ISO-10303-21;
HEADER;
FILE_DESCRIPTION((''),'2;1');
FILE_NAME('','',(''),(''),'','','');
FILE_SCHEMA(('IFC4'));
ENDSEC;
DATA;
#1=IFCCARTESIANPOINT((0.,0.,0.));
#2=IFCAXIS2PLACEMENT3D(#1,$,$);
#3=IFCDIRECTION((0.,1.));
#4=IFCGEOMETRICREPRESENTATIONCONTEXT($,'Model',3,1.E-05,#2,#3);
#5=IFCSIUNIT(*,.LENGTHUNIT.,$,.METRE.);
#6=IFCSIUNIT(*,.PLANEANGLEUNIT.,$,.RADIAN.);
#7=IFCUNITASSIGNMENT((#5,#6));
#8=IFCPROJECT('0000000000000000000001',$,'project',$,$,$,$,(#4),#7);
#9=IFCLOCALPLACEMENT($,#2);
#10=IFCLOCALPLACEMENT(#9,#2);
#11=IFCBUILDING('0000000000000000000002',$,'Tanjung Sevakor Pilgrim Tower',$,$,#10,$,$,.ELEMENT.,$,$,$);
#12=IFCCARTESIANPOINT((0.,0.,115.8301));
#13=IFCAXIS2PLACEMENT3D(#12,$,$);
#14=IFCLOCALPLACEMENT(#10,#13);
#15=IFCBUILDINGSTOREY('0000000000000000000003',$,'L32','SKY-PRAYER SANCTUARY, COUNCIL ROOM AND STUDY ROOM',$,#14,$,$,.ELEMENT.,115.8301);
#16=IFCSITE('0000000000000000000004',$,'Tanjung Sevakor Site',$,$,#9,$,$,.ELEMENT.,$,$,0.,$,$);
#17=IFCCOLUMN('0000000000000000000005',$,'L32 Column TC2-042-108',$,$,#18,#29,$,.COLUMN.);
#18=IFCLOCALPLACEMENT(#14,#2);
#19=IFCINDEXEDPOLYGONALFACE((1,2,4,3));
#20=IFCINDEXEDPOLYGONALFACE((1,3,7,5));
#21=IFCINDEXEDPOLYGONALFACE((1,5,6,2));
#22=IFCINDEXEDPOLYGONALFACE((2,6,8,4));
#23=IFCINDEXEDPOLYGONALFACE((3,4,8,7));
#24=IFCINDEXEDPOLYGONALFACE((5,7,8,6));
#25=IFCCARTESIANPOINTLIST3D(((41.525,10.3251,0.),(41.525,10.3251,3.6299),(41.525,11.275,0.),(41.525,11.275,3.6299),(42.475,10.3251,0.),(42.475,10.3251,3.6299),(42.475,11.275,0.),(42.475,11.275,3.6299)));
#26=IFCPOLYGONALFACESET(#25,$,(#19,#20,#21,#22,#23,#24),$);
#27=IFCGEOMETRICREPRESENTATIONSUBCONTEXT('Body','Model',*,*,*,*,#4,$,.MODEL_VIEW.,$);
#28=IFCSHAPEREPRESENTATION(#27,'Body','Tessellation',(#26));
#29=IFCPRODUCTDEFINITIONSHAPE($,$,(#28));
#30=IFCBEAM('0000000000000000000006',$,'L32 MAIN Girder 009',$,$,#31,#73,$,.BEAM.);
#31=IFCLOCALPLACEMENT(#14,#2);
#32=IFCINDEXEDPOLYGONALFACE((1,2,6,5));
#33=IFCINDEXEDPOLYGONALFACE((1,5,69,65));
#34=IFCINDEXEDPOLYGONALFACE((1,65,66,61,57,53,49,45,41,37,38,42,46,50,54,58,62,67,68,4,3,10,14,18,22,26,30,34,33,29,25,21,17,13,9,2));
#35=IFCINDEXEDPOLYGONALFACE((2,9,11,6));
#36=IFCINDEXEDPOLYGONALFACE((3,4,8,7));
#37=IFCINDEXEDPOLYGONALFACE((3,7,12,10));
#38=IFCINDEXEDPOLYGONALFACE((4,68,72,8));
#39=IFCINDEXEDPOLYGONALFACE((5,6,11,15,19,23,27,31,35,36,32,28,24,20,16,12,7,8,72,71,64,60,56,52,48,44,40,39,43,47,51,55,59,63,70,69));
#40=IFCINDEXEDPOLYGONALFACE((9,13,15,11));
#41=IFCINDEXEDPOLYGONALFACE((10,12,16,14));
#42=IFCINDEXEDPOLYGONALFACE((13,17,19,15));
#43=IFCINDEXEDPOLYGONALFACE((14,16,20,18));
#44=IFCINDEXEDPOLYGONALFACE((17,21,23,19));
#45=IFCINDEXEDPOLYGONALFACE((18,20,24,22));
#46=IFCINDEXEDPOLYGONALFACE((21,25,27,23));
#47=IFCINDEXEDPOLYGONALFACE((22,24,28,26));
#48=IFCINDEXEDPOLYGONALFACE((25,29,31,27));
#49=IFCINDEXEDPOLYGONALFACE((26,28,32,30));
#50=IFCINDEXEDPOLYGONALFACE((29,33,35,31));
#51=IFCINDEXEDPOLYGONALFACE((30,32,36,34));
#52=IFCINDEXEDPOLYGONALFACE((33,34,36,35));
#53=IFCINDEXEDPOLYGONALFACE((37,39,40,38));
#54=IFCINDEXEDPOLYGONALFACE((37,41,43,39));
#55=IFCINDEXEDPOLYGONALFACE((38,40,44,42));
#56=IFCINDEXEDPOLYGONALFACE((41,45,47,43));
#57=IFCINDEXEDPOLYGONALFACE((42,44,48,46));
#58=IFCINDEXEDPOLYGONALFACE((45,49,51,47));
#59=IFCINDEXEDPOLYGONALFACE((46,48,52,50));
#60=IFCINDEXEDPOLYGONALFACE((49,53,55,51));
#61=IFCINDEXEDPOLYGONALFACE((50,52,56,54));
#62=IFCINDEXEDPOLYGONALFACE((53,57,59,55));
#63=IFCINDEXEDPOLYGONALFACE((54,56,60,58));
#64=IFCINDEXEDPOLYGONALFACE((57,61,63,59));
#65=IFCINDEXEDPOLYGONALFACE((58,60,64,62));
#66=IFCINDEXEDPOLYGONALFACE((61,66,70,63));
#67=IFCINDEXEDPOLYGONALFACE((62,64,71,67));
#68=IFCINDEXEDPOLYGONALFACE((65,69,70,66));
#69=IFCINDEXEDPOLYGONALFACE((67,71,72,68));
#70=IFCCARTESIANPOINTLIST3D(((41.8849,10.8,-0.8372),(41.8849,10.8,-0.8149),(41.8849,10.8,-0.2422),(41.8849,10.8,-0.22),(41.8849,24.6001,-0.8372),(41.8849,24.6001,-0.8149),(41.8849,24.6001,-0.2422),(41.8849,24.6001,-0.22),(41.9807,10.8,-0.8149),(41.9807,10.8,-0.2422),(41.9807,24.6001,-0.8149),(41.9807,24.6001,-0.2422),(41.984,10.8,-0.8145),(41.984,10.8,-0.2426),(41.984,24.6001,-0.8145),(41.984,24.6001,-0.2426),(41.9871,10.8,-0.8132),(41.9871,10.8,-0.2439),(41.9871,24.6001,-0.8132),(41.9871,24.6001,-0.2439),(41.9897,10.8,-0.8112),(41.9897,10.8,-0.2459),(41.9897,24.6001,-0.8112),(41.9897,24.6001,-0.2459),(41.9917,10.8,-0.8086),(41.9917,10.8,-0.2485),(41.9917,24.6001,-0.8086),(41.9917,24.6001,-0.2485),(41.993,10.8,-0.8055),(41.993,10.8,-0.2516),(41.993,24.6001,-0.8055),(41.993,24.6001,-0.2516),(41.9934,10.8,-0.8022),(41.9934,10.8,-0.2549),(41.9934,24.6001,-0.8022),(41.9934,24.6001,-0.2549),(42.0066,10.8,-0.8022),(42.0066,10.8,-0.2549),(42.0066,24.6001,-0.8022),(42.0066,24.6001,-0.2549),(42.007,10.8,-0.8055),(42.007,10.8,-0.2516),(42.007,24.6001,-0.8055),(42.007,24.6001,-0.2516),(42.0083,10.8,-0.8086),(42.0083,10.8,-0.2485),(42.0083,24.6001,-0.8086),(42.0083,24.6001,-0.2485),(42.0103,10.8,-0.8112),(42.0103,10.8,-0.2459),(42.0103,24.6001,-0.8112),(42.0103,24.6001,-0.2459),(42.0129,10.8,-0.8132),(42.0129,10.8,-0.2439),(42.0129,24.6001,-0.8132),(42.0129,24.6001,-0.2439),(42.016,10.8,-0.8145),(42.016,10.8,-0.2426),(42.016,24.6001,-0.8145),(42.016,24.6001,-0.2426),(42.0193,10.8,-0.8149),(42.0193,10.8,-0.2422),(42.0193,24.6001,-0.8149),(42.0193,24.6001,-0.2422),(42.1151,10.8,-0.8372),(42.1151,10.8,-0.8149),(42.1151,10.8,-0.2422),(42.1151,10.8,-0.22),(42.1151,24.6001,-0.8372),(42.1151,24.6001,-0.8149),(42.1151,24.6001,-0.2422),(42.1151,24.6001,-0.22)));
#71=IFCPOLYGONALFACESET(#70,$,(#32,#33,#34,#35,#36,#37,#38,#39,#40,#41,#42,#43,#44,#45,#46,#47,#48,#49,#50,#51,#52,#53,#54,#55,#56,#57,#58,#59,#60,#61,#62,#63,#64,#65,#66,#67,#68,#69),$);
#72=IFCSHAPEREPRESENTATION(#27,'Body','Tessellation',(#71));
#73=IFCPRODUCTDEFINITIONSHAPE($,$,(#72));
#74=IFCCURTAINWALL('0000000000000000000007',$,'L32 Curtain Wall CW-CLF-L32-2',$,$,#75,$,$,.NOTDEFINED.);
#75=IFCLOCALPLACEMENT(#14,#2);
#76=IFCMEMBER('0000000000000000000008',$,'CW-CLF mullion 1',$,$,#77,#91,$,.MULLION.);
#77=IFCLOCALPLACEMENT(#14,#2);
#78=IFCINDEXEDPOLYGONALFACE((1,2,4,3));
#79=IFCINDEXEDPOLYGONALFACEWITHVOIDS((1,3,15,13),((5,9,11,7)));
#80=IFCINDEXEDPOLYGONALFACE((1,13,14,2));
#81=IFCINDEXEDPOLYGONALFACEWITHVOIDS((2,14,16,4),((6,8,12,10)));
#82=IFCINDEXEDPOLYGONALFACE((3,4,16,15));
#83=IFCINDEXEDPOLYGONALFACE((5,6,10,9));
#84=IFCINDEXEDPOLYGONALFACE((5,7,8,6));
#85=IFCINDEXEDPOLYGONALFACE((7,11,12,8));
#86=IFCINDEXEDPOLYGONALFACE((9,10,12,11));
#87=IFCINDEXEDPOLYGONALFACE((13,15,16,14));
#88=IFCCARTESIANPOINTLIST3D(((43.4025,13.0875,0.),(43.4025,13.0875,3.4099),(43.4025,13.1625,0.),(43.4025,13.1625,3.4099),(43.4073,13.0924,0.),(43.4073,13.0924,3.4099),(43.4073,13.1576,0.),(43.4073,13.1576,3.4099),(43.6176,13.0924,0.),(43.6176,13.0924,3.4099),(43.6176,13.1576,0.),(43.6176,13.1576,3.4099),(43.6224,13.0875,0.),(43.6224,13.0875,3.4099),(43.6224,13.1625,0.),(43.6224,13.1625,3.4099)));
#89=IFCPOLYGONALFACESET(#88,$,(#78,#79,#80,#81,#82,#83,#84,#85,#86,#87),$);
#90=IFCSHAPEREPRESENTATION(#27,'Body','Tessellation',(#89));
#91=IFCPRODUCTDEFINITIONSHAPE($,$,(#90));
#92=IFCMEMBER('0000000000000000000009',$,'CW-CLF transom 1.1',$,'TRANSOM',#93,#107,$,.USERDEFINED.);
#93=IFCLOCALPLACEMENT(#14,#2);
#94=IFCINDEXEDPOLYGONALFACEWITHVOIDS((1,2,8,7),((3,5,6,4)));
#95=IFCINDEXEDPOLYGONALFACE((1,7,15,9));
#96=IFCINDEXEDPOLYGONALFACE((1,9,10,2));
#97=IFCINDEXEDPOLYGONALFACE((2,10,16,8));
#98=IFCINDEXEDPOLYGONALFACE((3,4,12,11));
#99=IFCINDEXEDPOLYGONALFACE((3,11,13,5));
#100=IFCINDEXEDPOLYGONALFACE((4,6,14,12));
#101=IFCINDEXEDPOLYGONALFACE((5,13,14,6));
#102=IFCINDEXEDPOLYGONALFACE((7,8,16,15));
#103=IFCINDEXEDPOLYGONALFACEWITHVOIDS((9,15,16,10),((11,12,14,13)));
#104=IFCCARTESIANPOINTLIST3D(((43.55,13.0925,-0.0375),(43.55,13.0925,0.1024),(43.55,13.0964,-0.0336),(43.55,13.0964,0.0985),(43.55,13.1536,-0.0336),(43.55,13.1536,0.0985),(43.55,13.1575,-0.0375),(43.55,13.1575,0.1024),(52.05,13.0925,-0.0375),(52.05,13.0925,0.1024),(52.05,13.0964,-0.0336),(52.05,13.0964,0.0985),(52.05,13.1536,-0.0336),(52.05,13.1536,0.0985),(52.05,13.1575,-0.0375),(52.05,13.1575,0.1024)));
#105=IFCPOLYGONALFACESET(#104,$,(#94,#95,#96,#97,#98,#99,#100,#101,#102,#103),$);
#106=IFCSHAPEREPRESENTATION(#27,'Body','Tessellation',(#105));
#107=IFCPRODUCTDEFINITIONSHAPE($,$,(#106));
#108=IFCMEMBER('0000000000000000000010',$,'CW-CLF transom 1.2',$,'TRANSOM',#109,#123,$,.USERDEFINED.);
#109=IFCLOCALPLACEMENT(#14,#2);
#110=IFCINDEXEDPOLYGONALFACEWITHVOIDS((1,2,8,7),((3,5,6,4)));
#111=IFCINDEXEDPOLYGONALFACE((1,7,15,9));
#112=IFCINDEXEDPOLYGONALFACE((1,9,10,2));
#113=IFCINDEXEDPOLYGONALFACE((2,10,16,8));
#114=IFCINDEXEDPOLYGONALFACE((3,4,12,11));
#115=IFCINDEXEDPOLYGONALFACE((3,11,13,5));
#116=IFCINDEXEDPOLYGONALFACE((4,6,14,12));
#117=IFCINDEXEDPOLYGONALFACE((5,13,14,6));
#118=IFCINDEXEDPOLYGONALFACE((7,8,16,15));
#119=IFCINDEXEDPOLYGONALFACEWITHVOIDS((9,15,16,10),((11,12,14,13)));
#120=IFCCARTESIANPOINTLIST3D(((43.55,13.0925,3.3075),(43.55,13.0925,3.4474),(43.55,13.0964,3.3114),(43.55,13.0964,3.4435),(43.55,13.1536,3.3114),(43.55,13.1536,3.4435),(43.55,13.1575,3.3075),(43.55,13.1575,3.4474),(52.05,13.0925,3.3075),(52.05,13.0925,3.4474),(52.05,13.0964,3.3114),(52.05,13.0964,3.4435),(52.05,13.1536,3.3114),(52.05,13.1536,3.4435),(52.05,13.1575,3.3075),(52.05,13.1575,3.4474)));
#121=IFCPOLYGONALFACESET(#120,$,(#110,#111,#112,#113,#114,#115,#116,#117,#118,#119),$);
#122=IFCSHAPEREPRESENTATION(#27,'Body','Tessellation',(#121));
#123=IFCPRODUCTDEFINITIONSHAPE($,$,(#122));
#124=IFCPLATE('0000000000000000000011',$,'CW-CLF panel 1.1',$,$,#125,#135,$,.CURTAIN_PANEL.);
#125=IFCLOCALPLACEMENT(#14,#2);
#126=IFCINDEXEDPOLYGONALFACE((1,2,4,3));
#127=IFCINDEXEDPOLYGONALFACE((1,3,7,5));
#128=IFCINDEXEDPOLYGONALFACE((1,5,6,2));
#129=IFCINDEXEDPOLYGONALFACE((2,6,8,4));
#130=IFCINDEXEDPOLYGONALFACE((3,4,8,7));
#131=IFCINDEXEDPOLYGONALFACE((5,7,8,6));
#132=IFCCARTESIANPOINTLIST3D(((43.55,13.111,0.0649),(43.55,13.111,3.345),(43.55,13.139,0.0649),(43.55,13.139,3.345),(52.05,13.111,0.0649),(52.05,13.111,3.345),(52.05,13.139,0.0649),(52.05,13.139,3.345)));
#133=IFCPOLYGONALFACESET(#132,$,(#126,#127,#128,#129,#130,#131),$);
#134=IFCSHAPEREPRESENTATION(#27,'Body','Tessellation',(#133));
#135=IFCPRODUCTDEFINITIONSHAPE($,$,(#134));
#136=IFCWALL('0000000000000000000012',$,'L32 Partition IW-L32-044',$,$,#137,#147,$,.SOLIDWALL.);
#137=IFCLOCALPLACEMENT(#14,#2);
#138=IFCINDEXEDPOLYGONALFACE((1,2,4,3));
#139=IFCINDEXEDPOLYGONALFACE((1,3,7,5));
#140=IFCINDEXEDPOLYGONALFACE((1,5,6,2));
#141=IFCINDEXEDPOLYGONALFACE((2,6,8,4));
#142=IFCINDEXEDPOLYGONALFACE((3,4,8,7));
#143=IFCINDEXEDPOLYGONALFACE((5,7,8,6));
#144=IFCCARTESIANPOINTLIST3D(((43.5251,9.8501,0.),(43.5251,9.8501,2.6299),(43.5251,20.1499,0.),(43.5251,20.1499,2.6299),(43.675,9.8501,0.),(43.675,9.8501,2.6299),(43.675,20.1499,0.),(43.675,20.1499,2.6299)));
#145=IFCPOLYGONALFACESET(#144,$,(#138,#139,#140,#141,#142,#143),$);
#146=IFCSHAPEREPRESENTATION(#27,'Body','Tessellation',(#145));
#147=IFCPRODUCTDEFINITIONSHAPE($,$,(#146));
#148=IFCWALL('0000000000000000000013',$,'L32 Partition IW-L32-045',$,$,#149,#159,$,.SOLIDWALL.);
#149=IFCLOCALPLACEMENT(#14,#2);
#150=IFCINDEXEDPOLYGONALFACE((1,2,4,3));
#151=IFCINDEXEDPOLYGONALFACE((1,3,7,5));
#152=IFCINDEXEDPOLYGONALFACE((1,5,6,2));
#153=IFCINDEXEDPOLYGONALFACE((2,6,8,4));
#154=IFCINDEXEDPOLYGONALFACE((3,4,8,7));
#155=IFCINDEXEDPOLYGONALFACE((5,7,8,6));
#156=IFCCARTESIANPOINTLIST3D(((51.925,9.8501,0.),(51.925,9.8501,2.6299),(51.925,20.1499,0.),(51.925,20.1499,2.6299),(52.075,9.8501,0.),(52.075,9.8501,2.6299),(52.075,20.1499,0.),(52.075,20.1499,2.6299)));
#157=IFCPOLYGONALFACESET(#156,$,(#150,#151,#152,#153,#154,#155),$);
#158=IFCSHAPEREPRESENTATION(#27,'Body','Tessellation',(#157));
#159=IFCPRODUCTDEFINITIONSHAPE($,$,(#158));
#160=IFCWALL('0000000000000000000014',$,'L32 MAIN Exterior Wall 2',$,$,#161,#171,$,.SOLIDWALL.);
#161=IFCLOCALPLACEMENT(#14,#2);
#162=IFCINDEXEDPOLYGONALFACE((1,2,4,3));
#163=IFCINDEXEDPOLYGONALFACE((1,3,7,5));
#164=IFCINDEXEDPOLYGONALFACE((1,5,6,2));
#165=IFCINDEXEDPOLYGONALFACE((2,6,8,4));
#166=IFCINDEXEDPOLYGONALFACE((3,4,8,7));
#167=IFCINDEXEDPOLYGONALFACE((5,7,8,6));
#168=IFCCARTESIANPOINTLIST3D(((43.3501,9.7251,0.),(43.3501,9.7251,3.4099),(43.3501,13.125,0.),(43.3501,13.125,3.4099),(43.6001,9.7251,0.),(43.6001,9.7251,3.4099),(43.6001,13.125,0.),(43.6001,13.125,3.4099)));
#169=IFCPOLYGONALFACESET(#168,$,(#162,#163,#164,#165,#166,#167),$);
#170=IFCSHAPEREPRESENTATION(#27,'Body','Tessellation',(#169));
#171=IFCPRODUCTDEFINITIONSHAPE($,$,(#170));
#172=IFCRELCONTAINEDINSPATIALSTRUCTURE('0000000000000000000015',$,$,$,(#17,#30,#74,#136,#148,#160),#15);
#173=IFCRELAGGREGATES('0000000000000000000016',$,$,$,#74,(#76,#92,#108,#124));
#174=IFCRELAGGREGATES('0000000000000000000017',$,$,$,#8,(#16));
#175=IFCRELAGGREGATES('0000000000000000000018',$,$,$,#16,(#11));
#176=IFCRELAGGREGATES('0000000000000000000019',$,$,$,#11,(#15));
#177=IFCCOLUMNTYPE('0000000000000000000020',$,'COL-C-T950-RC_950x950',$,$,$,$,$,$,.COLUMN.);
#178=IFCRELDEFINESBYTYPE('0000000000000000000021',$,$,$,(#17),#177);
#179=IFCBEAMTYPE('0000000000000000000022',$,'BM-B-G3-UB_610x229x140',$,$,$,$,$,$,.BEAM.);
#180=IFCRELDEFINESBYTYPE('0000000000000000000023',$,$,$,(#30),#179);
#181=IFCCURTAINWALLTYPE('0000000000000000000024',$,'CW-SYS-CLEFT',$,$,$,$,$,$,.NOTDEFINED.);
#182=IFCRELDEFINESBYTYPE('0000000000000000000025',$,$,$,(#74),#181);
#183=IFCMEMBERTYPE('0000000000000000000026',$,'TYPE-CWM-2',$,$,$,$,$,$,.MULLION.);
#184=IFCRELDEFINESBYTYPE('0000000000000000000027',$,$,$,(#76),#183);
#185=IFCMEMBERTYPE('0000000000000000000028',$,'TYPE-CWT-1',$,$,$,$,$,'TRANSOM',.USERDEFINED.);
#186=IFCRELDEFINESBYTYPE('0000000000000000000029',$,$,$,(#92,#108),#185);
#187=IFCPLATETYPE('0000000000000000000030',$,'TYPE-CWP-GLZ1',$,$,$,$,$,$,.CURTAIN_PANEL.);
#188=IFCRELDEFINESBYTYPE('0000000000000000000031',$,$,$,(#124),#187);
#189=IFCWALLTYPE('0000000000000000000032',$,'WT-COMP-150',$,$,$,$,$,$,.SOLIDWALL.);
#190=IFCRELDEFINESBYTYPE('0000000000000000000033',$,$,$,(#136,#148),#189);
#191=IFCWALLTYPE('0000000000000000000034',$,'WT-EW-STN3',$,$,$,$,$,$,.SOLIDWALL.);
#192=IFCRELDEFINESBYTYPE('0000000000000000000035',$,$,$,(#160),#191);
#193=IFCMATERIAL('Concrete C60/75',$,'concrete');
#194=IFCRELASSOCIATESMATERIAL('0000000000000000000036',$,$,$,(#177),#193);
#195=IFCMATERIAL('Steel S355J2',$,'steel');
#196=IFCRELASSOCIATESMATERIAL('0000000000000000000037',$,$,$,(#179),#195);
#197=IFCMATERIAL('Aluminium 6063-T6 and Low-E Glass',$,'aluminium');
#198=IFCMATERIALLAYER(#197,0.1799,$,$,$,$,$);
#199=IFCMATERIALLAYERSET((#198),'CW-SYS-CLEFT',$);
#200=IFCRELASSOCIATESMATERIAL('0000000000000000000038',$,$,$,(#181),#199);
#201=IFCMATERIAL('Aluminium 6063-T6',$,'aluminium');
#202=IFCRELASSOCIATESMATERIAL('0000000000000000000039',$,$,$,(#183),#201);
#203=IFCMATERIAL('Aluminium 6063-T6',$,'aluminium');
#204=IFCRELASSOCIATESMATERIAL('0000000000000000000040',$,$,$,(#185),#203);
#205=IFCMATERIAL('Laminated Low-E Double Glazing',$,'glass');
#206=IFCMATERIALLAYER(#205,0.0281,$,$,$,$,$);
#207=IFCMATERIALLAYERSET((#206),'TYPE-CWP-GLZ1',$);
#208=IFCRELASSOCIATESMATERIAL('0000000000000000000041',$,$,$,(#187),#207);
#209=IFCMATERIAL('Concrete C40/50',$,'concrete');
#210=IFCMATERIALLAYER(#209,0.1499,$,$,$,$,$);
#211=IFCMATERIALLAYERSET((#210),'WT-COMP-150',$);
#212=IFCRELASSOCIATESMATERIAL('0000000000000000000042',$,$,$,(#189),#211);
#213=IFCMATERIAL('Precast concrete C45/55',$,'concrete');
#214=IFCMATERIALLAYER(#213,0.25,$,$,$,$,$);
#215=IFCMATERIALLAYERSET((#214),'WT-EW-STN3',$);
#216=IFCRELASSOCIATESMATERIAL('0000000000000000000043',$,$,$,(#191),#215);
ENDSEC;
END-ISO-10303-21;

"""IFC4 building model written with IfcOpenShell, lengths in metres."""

from ifc_helpers import new_model, si_unit, direction, frame, frame_2d, origin, origin_2d, place, context, subcontext, project, spatial, rectangle, hollow_rectangle, i_section, extrude, material, layer, layer_set, material_profile, profile_set, type_object, element, aggregate, save


model = new_model("IFC4")

# Units and contexts
model_context = context("Model", 3, precision=1e-05, world=origin(), true_north=direction((0.0, 1.0)))
body_context = subcontext(model_context, "Body", "Model", "MODEL_VIEW")
ifc_project = project(units=[si_unit("LENGTHUNIT", "METRE"), si_unit("PLANEANGLEUNIT", "RADIAN")], contexts=[model_context])

# Site, building, storey
site_placement = place(None, origin())
site = spatial("IfcSite", under=ifc_project, at=site_placement, Name="Tanjung Sevakor Site", CompositionType="ELEMENT", RefElevation=0.0)
building_placement = place(site_placement, origin())
building = spatial("IfcBuilding", under=site, at=building_placement, Name="Tanjung Sevakor Pilgrim Tower", CompositionType="ELEMENT")
storey_placement = place(building_placement, frame((0.0, 0.0, 115.8301)))
storey = spatial("IfcBuildingStorey", under=building, at=storey_placement, Name="L32", Description="SKY-PRAYER SANCTUARY, COUNCIL ROOM AND STUDY ROOM", CompositionType="ELEMENT", Elevation=115.8301)

# Column
ifc_material_1 = material(Name="Concrete C60/75", Category="concrete")
ifc_material_profile_1 = material_profile(ifc_material_1, rectangle(XDim=0.95, YDim=0.95, at=origin_2d()))
ifc_profile_set_1 = profile_set([ifc_material_profile_1], Name="Concrete C60/75")
column_type = type_object("IfcColumnType", Name="COL-C-T950-RC_950x950", PredefinedType="COLUMN", material=ifc_profile_set_1)
column_placement = place(storey_placement, frame((42.0, 10.8, 0.0), z_axis=(0.0, 0.0, 1.0), x_axis=(1.0, 0.0, 0.0)))
element("IfcColumn", 1, at=column_placement, inside=storey, type_object=column_type, Name="L32 Column TC2-042-108", PredefinedType="COLUMN", context=body_context, shape_type="SweptSolid", body=[
    extrude(rectangle(XDim=0.95, YDim=0.95, at=origin_2d()), origin(), (0.0, 0.0, 1.0), 3.6299),
])

# Beam
ifc_material_2 = material(Name="Steel S355J2", Category="steel")
ifc_material_profile_2 = material_profile(ifc_material_2, i_section(OverallWidth=0.2302, OverallDepth=0.6172, WebThickness=0.0132, FlangeThickness=0.0222, FilletRadius=0.0127, at=origin_2d()))
ifc_profile_set_2 = profile_set([ifc_material_profile_2], Name="Steel S355J2")
beam_type = type_object("IfcBeamType", Name="BM-B-G3-UB_610x229x140", PredefinedType="BEAM", material=ifc_profile_set_2)
beam_placement = place(storey_placement, frame((42.0, 10.8, -0.5286), z_axis=(0.0, 1.0, 0.0), x_axis=(-1.0, 0.0, 0.0)))
element("IfcBeam", 2, at=beam_placement, inside=storey, type_object=beam_type, Name="L32 MAIN Girder 009", PredefinedType="BEAM", context=body_context, shape_type="SweptSolid", body=[
    extrude(i_section(OverallWidth=0.2302, OverallDepth=0.6172, WebThickness=0.0132, FlangeThickness=0.0222, FilletRadius=0.0127, at=origin_2d()), origin(), (0.0, 0.0, 1.0), 13.8),
])

# Curtain wall, members, plate
ifc_material_3 = material(Name="Aluminium 6063-T6 and Low-E Glass", Category="aluminium")
ifc_layer_1 = layer(ifc_material_3, 0.1799)
ifc_layer_set_1 = layer_set([ifc_layer_1], Name="CW-SYS-CLEFT")
curtain_wall_type = type_object("IfcCurtainWallType", Name="CW-SYS-CLEFT", PredefinedType="NOTDEFINED", material=ifc_layer_set_1)
curtain_wall_placement = place(storey_placement, origin())
curtain_wall = element("IfcCurtainWall", 3, at=curtain_wall_placement, inside=storey, type_object=curtain_wall_type, Name="L32 Curtain Wall CW-CLF-L32-2", PredefinedType="NOTDEFINED")
ifc_material_4 = material(Name="Aluminium 6063-T6", Category="aluminium")
ifc_material_profile_3 = material_profile(ifc_material_4, hollow_rectangle(XDim=0.075, YDim=0.22, WallThickness=0.0049, at=origin_2d()))
ifc_profile_set_3 = profile_set([ifc_material_profile_3], Name="Aluminium 6063-T6")
member_type_1 = type_object("IfcMemberType", Name="TYPE-CWM-2", PredefinedType="MULLION", material=ifc_profile_set_3)
member_1_placement = place(storey_placement, frame((43.5125, 13.125, 0.0), z_axis=(0.0, 0.0, 1.0), x_axis=(0.0, 1.0, 0.0)))
member_1 = element("IfcMember", 4, at=member_1_placement, type_object=member_type_1, Name="CW-CLF mullion 1", PredefinedType="MULLION", context=body_context, shape_type="SweptSolid", body=[
    extrude(hollow_rectangle(XDim=0.075, YDim=0.22, WallThickness=0.0049, at=origin_2d()), origin(), (0.0, 0.0, 1.0), 3.4099),
])
ifc_material_5 = material(Name="Aluminium 6063-T6", Category="aluminium")
ifc_material_profile_4 = material_profile(ifc_material_5, hollow_rectangle(XDim=0.0649, YDim=0.1399, WallThickness=0.0039, at=origin_2d()))
ifc_profile_set_4 = profile_set([ifc_material_profile_4], Name="Aluminium 6063-T6")
member_type_2 = type_object("IfcMemberType", Name="TYPE-CWT-1", ElementType="TRANSOM", PredefinedType="USERDEFINED", material=ifc_profile_set_4)
member_2_placement = place(storey_placement, frame((43.55, 13.125, 0.0325), z_axis=(1.0, 0.0, 0.0), x_axis=(0.0, 1.0, 0.0)))
member_2 = element("IfcMember", 5, at=member_2_placement, type_object=member_type_2, Name="CW-CLF transom 1.1", ObjectType="TRANSOM", PredefinedType="USERDEFINED", context=body_context, shape_type="SweptSolid", body=[
    extrude(hollow_rectangle(XDim=0.0649, YDim=0.1399, WallThickness=0.0039, at=origin_2d()), origin(), (0.0, 0.0, 1.0), 8.5),
])
member_3_placement = place(storey_placement, frame((43.55, 13.125, 3.3774), z_axis=(1.0, 0.0, 0.0), x_axis=(0.0, 1.0, 0.0)))
member_3 = element("IfcMember", 6, at=member_3_placement, type_object=member_type_2, Name="CW-CLF transom 1.2", ObjectType="TRANSOM", PredefinedType="USERDEFINED", context=body_context, shape_type="SweptSolid", body=[
    extrude(hollow_rectangle(XDim=0.0649, YDim=0.1399, WallThickness=0.0039, at=origin_2d()), origin(), (0.0, 0.0, 1.0), 8.5),
])
ifc_material_6 = material(Name="Laminated Low-E Double Glazing", Category="glass")
ifc_layer_2 = layer(ifc_material_6, 0.0281)
ifc_layer_set_2 = layer_set([ifc_layer_2], Name="TYPE-CWP-GLZ1")
plate_type = type_object("IfcPlateType", Name="TYPE-CWP-GLZ1", PredefinedType="CURTAIN_PANEL", material=ifc_layer_set_2)
plate_placement = place(storey_placement, frame((47.8, 13.125, 0.0649), z_axis=(0.0, 0.0, 1.0), x_axis=(1.0, 0.0, 0.0)))
plate = element("IfcPlate", 7, at=plate_placement, type_object=plate_type, Name="CW-CLF panel 1.1", PredefinedType="CURTAIN_PANEL", context=body_context, shape_type="SweptSolid", body=[
    extrude(rectangle(XDim=8.5, YDim=0.0281, at=origin_2d()), origin(), (0.0, 0.0, 1.0), 3.28),
])
aggregate(curtain_wall, [member_1, member_2, member_3, plate])

# Walls
ifc_material_7 = material(Name="Concrete C40/50", Category="concrete")
ifc_layer_3 = layer(ifc_material_7, 0.1499)
ifc_layer_set_3 = layer_set([ifc_layer_3], Name="WT-COMP-150")
wall_type_1 = type_object("IfcWallType", Name="WT-COMP-150", PredefinedType="SOLIDWALL", material=ifc_layer_set_3)
for number, where, z_axis, x_axis, name in (
    (8, (43.6001, 9.8501, 0.0), (0.0, 0.0, 1.0), (0.0, 1.0, 0.0), "L32 Partition IW-L32-044"),
    (9, (52.0, 9.8501, 0.0), (0.0, 0.0, 1.0), (0.0, 1.0, 0.0), "L32 Partition IW-L32-045"),
):
    element("IfcWall", number, at=place(storey_placement, frame(where, z_axis=z_axis, x_axis=x_axis)), inside=storey, type_object=wall_type_1, Name=name, PredefinedType="SOLIDWALL", context=body_context, shape_type="SweptSolid", body=[
        extrude(rectangle(XDim=10.2998, YDim=0.1499, at=frame_2d((5.1499, 0.0))), origin(), (0.0, 0.0, 1.0), 2.6299),
    ])
ifc_material_8 = material(Name="Precast concrete C45/55", Category="concrete")
ifc_layer_4 = layer(ifc_material_8, 0.25)
ifc_layer_set_4 = layer_set([ifc_layer_4], Name="WT-EW-STN3")
wall_type_2 = type_object("IfcWallType", Name="WT-EW-STN3", PredefinedType="SOLIDWALL", material=ifc_layer_set_4)
wall_1_placement = place(storey_placement, frame((43.4751, 9.7251, 0.0), z_axis=(0.0, 0.0, 1.0), x_axis=(0.0, 1.0, 0.0)))
element("IfcWall", 10, at=wall_1_placement, inside=storey, type_object=wall_type_2, Name="L32 MAIN Exterior Wall 2", PredefinedType="SOLIDWALL", context=body_context, shape_type="SweptSolid", body=[
    extrude(rectangle(XDim=3.3999, YDim=0.25, at=frame_2d((1.7, 0.0))), origin(), (0.0, 0.0, 1.0), 3.4099),
])

save(model, "model.ifc")
